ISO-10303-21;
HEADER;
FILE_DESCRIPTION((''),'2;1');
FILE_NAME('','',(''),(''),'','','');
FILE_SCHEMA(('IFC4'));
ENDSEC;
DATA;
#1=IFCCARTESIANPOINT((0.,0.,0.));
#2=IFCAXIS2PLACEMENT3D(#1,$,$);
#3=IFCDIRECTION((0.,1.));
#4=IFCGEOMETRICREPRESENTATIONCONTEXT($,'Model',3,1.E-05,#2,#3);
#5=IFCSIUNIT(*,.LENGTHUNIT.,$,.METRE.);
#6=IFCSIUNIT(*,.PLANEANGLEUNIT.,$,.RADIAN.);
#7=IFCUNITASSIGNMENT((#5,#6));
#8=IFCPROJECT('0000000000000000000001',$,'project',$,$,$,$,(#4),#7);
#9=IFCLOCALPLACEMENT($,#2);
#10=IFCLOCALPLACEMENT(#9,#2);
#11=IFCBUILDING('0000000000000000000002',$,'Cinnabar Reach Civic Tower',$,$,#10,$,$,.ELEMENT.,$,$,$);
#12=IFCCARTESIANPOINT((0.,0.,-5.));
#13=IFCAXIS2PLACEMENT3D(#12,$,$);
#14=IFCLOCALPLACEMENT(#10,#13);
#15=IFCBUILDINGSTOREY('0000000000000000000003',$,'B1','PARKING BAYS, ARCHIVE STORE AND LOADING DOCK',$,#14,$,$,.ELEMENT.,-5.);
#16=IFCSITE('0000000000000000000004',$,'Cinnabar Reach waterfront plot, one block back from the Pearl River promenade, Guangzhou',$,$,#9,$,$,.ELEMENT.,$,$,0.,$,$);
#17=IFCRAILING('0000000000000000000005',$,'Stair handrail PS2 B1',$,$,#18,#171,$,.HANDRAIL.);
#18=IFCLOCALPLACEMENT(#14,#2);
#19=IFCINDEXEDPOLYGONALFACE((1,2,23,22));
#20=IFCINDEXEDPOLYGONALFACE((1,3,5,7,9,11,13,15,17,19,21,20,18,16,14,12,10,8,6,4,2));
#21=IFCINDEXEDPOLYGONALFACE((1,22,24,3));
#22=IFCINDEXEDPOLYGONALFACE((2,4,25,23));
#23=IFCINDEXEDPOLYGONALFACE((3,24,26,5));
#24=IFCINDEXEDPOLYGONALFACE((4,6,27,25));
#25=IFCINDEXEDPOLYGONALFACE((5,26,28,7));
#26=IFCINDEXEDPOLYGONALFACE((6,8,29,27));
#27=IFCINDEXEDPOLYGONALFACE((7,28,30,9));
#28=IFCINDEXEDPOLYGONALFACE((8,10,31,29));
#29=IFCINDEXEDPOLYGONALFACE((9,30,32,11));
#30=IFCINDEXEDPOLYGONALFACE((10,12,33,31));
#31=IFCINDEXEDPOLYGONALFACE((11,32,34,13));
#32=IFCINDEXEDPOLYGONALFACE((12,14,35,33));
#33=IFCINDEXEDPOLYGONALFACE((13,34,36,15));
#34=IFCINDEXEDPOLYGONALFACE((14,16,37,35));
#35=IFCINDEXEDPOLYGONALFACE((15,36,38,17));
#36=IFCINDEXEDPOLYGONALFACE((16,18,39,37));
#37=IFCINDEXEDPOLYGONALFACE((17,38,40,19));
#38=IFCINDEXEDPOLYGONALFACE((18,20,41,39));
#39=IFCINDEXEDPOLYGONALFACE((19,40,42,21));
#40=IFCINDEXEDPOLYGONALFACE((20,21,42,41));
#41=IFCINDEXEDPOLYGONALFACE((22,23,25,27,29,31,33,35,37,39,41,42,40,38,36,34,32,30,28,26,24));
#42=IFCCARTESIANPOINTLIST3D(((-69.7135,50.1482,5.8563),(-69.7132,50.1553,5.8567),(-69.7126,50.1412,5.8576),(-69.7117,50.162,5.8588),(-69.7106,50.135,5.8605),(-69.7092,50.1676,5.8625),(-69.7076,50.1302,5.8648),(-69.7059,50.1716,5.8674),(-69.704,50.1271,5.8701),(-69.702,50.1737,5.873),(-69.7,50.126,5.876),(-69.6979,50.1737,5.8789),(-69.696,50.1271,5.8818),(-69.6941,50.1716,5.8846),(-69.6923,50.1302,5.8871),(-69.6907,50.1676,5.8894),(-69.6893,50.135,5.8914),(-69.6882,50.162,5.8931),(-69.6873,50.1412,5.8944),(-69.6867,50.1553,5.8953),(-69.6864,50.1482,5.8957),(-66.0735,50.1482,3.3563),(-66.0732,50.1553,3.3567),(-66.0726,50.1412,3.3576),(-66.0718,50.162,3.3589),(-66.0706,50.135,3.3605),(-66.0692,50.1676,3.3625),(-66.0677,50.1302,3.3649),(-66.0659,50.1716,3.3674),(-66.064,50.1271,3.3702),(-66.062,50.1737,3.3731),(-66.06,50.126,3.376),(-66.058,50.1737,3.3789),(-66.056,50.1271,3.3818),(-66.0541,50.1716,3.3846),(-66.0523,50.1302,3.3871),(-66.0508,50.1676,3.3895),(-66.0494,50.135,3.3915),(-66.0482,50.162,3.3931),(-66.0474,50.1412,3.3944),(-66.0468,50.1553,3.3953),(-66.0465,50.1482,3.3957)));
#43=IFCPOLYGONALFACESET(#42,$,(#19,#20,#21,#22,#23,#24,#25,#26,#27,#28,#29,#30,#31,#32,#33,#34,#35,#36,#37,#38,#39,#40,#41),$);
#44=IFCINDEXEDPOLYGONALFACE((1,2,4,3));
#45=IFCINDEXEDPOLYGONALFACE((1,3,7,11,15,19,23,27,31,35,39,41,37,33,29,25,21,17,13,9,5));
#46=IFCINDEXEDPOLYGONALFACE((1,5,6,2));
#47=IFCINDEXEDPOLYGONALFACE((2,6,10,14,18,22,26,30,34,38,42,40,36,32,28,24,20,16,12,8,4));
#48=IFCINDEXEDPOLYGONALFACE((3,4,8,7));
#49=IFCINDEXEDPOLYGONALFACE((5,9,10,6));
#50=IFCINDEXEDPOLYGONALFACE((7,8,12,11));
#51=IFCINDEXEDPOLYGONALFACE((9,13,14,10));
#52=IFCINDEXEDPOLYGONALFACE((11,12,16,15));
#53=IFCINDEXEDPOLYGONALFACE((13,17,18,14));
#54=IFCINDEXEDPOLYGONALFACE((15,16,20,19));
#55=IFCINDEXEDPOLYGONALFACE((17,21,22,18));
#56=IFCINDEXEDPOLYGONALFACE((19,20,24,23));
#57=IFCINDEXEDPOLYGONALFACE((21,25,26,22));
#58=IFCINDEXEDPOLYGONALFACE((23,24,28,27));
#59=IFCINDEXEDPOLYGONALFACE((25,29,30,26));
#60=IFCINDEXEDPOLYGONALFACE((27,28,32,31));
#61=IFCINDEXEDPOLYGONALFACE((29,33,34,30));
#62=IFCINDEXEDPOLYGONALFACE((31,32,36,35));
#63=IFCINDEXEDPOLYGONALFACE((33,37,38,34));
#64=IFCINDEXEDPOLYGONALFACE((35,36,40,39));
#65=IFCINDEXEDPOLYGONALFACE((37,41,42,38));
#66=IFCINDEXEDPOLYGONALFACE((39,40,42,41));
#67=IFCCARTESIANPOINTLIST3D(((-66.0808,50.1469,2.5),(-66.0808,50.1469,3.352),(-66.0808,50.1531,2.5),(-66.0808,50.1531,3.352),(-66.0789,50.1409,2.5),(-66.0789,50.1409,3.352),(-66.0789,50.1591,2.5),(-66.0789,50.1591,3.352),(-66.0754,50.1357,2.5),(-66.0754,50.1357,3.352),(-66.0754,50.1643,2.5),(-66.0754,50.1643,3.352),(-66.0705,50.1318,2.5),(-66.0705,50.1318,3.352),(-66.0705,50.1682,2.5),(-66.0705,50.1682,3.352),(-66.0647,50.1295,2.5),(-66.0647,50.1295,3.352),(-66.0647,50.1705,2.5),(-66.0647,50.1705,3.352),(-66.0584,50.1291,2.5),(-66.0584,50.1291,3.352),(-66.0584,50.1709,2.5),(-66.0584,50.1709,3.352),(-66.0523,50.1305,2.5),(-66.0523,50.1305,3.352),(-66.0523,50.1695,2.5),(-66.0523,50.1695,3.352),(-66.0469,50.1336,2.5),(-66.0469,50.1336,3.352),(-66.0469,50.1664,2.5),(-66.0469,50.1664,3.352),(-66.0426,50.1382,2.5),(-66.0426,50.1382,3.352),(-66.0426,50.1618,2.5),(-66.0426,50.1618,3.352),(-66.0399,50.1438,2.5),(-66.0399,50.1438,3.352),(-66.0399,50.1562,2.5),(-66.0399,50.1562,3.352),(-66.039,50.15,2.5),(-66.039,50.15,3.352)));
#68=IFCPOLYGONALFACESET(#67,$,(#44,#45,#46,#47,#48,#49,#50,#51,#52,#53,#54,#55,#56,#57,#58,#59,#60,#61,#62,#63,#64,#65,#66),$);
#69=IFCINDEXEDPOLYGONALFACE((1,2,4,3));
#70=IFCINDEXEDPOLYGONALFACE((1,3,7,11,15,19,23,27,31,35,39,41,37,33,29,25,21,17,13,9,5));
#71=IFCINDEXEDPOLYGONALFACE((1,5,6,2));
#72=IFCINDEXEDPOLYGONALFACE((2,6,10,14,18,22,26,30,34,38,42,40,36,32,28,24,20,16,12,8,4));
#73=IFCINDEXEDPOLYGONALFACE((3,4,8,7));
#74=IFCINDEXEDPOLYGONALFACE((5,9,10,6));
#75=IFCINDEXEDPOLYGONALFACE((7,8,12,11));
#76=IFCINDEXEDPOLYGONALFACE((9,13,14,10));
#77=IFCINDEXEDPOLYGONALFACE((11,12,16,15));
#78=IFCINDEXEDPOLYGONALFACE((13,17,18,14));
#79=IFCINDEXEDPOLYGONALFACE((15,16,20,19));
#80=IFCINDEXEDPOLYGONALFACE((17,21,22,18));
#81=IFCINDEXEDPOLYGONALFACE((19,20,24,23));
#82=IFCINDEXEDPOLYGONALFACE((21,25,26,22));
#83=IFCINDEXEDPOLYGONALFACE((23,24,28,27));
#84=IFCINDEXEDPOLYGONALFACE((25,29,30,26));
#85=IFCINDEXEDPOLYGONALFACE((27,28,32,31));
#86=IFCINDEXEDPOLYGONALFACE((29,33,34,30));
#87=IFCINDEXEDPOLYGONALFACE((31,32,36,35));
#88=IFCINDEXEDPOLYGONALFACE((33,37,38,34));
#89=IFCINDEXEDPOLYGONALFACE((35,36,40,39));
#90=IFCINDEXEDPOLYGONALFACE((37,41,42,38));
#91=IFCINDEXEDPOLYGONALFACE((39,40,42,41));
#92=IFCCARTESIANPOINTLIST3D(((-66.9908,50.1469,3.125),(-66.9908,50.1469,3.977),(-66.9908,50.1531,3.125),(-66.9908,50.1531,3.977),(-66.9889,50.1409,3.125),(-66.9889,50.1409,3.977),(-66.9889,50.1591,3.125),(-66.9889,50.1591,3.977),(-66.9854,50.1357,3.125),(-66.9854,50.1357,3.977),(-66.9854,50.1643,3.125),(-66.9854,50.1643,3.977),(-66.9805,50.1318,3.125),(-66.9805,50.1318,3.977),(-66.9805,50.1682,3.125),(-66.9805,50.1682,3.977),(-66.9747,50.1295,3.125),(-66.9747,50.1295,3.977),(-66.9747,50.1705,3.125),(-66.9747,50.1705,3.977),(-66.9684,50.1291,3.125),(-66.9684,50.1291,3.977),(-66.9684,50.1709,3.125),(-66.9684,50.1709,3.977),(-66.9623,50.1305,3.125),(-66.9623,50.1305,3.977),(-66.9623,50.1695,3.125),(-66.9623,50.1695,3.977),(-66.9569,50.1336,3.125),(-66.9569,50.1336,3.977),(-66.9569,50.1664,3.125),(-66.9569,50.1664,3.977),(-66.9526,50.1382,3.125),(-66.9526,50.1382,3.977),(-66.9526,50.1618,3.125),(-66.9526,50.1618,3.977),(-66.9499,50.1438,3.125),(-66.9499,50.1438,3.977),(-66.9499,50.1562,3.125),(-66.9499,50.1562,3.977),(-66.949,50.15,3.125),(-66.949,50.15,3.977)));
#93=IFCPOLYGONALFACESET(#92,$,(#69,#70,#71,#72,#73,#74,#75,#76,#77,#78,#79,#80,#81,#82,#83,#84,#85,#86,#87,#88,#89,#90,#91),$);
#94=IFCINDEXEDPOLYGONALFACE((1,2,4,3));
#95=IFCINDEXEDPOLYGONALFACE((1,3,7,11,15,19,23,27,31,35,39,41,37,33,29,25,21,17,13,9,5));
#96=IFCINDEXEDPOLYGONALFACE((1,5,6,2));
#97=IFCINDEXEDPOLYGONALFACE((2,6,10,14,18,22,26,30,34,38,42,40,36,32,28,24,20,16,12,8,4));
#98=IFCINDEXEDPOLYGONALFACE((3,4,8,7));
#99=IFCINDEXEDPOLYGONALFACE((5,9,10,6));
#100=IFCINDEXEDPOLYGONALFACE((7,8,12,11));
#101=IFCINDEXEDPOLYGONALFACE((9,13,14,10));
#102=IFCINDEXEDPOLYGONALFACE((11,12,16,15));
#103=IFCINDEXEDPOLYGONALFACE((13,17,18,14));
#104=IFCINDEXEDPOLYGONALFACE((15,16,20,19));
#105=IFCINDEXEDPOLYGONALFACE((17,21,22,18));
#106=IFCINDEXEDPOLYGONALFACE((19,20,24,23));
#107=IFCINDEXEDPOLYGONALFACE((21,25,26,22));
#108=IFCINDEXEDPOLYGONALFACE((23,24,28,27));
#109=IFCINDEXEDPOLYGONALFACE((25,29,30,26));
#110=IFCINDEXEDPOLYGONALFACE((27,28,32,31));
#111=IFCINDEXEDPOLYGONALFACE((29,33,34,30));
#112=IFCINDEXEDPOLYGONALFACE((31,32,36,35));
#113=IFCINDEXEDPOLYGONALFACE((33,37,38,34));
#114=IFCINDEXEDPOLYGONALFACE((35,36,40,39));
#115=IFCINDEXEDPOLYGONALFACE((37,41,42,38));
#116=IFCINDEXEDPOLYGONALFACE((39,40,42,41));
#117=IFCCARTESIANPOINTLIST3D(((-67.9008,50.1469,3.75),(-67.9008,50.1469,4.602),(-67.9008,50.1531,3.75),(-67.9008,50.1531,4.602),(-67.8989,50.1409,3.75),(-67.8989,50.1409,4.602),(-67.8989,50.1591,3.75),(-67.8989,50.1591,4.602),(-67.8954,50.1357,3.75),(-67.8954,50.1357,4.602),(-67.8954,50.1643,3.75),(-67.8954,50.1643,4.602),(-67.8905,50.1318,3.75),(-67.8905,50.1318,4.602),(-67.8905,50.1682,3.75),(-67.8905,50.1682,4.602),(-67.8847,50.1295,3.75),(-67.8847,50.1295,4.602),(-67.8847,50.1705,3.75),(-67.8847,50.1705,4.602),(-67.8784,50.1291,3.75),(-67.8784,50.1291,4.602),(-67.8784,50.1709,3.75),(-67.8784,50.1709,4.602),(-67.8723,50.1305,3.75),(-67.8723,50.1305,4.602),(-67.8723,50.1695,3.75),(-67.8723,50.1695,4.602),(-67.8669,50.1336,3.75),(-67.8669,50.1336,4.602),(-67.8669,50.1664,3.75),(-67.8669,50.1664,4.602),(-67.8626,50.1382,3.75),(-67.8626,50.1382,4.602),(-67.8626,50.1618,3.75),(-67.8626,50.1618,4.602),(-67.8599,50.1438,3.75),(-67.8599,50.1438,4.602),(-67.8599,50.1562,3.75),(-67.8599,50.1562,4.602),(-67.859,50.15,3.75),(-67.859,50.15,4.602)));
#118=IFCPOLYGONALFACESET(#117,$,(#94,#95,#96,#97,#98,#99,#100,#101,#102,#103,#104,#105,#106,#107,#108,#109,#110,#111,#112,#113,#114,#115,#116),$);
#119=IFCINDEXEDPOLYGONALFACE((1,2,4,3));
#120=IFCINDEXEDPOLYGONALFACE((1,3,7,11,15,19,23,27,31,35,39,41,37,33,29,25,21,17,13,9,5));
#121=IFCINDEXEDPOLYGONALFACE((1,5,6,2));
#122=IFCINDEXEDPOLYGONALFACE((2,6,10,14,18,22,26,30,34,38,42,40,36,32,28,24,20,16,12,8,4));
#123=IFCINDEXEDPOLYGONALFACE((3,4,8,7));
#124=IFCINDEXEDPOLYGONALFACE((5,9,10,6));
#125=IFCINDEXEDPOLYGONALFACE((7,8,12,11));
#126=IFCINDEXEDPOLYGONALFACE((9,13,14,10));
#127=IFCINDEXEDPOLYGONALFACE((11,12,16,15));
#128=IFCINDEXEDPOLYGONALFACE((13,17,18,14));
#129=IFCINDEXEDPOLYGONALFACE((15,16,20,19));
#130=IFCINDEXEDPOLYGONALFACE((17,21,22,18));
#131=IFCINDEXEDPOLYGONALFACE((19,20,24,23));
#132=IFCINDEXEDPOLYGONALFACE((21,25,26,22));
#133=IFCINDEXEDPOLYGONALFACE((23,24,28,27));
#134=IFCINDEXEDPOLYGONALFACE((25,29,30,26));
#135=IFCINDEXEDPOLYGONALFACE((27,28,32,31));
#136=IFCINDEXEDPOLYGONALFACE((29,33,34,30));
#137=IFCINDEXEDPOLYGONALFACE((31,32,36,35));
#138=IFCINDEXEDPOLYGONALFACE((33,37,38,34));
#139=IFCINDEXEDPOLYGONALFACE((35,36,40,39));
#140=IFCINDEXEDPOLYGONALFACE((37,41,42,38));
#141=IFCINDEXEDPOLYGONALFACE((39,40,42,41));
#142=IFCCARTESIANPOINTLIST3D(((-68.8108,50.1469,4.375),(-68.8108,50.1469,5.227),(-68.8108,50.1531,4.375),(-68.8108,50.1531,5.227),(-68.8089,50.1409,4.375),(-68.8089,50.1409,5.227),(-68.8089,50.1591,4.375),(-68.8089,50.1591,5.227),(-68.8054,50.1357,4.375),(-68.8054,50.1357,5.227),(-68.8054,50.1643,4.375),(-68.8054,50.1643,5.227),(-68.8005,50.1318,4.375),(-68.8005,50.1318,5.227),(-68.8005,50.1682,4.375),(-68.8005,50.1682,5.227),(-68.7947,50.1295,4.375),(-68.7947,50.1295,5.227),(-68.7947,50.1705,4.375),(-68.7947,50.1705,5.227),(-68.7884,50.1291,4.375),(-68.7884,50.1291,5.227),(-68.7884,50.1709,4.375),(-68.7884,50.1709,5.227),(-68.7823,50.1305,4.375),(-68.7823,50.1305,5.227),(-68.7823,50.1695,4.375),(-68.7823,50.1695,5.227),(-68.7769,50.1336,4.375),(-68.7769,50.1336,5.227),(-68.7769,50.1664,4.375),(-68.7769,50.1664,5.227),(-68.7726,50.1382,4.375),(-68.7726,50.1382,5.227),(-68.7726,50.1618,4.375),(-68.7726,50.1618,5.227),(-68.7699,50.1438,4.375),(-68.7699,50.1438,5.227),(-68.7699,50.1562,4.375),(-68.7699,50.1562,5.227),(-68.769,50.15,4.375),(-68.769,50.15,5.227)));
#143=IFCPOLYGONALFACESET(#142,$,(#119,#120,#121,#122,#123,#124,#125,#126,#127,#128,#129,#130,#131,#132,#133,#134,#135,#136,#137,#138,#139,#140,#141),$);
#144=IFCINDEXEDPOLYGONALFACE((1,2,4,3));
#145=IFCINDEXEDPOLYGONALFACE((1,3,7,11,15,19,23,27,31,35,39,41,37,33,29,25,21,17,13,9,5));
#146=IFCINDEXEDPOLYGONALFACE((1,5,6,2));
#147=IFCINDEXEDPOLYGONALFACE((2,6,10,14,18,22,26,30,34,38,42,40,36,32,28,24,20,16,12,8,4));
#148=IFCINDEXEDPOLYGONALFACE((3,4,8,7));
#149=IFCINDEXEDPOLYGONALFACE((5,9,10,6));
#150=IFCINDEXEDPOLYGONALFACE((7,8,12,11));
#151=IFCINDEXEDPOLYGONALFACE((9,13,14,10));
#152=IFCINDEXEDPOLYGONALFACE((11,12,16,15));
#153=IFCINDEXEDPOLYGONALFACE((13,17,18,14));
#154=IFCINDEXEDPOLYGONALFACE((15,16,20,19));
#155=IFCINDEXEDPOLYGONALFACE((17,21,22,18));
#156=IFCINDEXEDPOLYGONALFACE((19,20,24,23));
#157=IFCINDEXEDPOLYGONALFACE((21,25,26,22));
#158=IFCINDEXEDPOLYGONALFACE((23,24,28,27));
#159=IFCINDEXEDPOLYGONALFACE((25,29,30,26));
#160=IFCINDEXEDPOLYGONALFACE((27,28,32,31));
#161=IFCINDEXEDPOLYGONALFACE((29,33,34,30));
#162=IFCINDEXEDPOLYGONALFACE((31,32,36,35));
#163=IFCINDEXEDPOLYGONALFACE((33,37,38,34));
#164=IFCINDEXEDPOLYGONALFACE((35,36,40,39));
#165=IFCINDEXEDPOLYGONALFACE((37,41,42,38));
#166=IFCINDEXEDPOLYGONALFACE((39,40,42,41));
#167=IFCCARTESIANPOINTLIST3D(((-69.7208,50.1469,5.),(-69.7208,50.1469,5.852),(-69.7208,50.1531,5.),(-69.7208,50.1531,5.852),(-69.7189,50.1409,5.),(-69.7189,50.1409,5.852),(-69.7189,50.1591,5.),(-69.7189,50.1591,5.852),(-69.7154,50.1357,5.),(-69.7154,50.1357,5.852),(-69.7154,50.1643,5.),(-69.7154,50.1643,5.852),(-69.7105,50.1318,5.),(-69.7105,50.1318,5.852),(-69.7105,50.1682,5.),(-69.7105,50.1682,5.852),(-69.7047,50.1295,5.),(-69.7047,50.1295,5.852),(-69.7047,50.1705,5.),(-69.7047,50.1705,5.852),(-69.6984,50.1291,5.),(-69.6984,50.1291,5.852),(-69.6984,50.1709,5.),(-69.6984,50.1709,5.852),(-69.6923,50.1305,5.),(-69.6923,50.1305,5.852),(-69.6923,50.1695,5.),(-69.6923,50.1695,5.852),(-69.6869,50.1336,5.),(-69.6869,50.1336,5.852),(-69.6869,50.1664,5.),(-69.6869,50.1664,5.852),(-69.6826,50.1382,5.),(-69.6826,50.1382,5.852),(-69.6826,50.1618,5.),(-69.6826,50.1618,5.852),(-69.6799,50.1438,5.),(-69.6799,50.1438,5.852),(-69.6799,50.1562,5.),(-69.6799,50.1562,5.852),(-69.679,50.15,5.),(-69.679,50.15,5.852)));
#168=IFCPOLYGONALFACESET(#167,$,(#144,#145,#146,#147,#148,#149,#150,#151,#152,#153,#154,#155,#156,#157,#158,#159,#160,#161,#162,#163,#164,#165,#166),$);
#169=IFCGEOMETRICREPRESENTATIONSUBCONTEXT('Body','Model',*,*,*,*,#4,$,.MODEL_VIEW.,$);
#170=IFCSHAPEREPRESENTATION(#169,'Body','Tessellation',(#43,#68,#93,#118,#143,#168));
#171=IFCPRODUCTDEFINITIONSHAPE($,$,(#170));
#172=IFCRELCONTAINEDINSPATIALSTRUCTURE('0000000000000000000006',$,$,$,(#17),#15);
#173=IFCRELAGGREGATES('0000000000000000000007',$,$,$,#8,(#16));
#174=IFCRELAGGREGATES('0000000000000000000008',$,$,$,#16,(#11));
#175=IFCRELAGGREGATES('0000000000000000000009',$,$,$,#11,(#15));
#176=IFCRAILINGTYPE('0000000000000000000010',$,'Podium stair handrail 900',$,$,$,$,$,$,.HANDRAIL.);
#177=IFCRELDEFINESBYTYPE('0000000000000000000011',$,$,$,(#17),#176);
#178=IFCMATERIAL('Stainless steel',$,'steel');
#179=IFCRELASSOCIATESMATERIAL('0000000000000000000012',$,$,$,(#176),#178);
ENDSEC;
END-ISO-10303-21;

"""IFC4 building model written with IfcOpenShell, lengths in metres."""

from ifc_helpers import new_model, si_unit, direction, frame, origin, origin_2d, place, context, subcontext, project, spatial, circle, extrude, material, type_object, element, save


model = new_model("IFC4")

# Units and contexts
model_context = context("Model", 3, precision=1e-05, world=origin(), true_north=direction((0.0, 1.0)))
body_context = subcontext(model_context, "Body", "Model", "MODEL_VIEW")
ifc_project = project(units=[si_unit("LENGTHUNIT", "METRE"), si_unit("PLANEANGLEUNIT", "RADIAN")], contexts=[model_context])

# Site, building, storey
site_placement = place(None, origin())
site = spatial("IfcSite", under=ifc_project, at=site_placement, Name="Cinnabar Reach waterfront plot, one block back from the Pearl River promenade, Guangzhou", CompositionType="ELEMENT", RefElevation=0.0)
building_placement = place(site_placement, origin())
building = spatial("IfcBuilding", under=site, at=building_placement, Name="Cinnabar Reach Civic Tower", CompositionType="ELEMENT")
storey_placement = place(building_placement, frame((0.0, 0.0, -5.0)))
storey = spatial("IfcBuildingStorey", under=building, at=storey_placement, Name="B1", Description="PARKING BAYS, ARCHIVE STORE AND LOADING DOCK", CompositionType="ELEMENT", Elevation=-5.0)

# Railing
ifc_material_1 = material(Name="Stainless steel", Category="steel")
railing_type_1 = type_object("IfcRailingType", Name="Podium stair handrail 900", PredefinedType="HANDRAIL", material=ifc_material_1)
for number, where, name in (
    (1, (-66.06, 50.15, 2.5), "Stair handrail PS2 B1"),
):
    element("IfcRailing", number, at=place(storey_placement, frame(where)), inside=storey, type_object=railing_type_1, Name=name, PredefinedType="HANDRAIL", context=body_context, shape_type="SweptSolid", body=[
        extrude(circle(Radius=0.024, at=origin_2d()), frame((0.0, 0.0, 0.876), z_axis=(-0.824306, 0.0, 0.566144), x_axis=(0.0, -1.0, 0.0)), (0.0, 0.0, 1.0), 4.4158),
        extrude(circle(Radius=0.021, at=origin_2d()), origin(), (0.0, 0.0, 1.0), 0.852),
        extrude(circle(Radius=0.021, at=origin_2d()), frame((-0.91, 0.0, 0.625)), (0.0, 0.0, 1.0), 0.852),
        extrude(circle(Radius=0.021, at=origin_2d()), frame((-1.82, 0.0, 1.25)), (0.0, 0.0, 1.0), 0.852),
        extrude(circle(Radius=0.021, at=origin_2d()), frame((-2.73, 0.0, 1.875)), (0.0, 0.0, 1.0), 0.852),
        extrude(circle(Radius=0.021, at=origin_2d()), frame((-3.64, 0.0, 2.5)), (0.0, 0.0, 1.0), 0.852),
    ])

save(model, "model.ifc")
